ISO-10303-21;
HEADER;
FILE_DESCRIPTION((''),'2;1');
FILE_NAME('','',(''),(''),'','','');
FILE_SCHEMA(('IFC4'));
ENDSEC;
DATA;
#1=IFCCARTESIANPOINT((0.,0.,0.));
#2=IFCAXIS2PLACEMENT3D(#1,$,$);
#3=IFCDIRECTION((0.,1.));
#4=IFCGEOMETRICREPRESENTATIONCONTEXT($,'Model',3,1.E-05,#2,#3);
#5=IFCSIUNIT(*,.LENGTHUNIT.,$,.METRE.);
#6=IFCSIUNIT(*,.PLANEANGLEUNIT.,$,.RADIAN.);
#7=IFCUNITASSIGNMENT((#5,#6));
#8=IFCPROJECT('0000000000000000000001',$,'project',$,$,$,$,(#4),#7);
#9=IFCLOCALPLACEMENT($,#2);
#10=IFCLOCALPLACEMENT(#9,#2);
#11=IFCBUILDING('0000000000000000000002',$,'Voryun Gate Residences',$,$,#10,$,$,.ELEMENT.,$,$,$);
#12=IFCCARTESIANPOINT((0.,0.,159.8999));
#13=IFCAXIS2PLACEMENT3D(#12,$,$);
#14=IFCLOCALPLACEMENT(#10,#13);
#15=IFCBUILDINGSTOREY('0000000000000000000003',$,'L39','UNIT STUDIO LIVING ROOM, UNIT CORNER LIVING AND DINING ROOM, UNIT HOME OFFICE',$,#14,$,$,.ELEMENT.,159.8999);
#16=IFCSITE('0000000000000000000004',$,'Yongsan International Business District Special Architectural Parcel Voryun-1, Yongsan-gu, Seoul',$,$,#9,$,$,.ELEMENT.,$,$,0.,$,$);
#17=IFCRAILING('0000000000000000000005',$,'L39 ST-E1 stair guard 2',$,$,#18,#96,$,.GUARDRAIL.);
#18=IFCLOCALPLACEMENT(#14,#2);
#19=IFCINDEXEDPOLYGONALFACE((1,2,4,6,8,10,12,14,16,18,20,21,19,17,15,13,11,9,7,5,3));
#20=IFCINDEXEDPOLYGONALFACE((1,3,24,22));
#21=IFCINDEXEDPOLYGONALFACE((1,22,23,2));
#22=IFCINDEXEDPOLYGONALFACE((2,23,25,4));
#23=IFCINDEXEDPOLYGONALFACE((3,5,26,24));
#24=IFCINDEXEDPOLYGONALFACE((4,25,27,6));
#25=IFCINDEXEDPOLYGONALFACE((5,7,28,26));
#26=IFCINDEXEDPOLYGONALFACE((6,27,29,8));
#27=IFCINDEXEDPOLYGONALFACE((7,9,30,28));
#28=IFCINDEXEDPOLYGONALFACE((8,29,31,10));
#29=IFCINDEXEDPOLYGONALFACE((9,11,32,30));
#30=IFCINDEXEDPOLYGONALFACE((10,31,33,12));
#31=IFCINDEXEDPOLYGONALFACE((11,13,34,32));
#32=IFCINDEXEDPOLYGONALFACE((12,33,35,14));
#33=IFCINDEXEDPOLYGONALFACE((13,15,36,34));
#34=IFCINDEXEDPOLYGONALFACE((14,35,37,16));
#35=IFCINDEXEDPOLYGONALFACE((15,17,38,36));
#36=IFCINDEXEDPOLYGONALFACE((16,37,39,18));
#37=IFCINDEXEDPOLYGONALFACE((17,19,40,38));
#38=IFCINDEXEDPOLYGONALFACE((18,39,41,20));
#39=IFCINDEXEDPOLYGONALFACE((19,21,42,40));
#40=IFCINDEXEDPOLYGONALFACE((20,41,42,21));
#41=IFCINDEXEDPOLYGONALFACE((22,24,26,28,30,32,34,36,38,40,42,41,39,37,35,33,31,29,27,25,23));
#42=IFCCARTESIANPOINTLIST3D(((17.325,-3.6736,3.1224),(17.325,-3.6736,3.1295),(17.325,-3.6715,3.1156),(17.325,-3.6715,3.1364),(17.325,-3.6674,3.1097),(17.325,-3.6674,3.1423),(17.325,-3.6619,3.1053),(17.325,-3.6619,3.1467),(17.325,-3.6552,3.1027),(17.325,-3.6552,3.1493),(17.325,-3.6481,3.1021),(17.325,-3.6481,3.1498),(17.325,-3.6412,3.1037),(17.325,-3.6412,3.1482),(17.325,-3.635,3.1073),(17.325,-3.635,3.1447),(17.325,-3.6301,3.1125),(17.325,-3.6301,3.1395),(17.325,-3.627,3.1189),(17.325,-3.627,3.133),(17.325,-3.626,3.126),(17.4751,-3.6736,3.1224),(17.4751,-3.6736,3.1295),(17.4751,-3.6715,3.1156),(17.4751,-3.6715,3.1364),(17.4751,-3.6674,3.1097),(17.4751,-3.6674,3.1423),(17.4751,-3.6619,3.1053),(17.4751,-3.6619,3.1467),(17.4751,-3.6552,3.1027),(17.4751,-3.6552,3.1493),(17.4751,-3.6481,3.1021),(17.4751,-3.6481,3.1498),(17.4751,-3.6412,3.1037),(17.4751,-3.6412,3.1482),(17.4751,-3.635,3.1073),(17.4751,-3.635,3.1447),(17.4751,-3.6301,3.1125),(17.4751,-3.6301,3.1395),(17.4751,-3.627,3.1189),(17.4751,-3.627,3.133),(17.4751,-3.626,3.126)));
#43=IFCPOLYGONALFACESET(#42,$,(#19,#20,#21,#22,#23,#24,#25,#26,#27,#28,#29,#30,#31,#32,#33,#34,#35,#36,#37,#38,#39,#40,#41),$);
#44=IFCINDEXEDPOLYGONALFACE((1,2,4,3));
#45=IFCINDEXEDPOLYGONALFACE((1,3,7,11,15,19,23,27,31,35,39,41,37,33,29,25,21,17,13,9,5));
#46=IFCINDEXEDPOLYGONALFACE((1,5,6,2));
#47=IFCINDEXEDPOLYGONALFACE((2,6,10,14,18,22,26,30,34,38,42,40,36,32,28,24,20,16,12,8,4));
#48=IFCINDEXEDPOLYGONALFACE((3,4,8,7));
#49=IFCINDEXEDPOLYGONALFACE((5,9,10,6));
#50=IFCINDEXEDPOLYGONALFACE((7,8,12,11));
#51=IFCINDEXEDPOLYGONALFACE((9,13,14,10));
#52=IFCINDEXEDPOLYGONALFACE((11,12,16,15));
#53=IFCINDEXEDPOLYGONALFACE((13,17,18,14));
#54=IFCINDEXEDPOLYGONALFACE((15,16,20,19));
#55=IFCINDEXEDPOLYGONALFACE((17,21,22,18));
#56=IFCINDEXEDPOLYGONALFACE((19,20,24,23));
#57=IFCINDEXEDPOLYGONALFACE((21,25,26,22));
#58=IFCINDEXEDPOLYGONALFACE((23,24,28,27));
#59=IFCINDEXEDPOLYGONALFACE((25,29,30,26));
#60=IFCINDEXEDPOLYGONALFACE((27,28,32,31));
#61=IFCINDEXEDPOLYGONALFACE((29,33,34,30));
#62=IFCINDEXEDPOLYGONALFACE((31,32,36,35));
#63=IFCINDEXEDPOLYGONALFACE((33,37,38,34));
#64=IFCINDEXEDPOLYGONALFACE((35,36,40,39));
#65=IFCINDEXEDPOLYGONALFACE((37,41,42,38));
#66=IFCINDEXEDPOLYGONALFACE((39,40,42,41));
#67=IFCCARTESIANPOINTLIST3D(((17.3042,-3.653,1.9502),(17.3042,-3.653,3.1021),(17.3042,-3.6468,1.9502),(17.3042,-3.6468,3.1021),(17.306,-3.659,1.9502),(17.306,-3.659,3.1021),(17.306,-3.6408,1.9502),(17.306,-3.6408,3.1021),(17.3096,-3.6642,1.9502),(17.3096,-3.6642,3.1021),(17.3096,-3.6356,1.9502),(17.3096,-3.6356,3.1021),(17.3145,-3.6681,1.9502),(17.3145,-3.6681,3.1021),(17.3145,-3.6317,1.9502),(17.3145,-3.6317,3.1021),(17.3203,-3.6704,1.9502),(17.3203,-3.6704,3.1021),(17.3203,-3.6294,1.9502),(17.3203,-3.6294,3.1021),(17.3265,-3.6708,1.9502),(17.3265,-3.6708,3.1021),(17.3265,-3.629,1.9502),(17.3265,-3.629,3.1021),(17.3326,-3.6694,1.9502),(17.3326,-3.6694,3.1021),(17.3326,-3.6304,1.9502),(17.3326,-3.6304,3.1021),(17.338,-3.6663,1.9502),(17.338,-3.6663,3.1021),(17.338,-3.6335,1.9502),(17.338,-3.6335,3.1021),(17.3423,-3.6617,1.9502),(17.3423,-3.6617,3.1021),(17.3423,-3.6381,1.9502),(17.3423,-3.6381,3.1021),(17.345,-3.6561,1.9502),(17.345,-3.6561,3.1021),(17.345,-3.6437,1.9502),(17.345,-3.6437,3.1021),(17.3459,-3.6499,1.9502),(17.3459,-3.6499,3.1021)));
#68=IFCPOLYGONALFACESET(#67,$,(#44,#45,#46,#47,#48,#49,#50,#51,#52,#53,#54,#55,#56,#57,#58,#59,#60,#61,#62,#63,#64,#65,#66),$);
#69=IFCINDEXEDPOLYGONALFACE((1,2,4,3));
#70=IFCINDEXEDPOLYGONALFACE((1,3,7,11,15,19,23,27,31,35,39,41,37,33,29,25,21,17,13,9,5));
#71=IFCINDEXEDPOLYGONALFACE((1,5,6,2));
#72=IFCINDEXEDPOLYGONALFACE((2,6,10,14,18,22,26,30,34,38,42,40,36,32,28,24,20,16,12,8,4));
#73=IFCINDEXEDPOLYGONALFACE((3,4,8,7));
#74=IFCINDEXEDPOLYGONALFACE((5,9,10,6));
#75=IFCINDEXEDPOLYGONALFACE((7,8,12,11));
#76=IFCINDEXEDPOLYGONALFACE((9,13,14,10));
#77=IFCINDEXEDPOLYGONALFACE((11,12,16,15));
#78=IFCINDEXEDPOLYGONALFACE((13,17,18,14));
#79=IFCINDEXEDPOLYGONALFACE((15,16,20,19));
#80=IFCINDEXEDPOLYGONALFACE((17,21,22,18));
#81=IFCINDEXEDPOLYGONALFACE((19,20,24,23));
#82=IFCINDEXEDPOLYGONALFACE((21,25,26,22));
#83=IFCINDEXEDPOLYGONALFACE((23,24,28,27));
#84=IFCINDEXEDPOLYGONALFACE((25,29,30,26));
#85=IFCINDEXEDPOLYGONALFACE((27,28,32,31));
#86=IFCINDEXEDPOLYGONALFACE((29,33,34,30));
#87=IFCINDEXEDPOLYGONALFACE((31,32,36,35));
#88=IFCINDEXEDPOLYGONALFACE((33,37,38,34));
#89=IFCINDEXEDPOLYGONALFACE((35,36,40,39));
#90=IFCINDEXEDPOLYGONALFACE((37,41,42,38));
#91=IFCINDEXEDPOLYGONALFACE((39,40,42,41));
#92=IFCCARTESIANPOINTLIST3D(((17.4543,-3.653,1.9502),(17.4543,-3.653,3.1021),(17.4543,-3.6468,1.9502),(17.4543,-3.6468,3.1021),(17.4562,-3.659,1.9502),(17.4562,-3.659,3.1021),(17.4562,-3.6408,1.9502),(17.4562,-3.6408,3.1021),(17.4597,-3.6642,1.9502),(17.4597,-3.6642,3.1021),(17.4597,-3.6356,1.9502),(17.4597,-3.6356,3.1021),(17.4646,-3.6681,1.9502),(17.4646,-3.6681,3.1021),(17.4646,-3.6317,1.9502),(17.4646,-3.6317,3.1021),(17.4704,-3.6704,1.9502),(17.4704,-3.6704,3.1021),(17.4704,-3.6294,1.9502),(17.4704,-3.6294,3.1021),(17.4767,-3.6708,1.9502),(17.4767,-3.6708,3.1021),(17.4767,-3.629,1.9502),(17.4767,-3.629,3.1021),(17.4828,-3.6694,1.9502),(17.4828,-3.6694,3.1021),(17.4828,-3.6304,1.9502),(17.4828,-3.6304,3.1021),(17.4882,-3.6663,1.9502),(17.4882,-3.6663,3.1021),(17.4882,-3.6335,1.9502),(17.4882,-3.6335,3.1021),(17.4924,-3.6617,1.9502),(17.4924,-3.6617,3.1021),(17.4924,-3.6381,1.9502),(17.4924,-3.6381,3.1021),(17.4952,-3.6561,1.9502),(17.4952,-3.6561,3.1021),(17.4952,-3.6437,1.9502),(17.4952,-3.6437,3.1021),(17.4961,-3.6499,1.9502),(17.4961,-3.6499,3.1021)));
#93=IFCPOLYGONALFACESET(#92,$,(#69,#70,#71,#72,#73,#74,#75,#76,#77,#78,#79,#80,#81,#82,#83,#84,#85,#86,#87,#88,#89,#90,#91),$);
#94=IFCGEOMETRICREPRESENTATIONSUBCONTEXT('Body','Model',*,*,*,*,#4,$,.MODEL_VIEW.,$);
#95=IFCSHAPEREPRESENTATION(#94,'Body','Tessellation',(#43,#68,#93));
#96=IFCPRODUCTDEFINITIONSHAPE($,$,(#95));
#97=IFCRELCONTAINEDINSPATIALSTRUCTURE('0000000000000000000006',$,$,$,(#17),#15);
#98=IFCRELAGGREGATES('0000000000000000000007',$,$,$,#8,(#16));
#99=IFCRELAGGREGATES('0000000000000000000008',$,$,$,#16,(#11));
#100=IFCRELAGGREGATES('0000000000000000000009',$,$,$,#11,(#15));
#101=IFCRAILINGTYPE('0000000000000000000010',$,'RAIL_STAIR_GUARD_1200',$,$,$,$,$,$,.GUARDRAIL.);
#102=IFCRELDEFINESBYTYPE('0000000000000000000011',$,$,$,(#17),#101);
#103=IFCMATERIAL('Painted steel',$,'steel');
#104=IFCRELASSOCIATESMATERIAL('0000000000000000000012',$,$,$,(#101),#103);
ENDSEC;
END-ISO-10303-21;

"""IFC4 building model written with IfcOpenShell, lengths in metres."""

from ifc_helpers import new_model, si_unit, direction, frame, origin, origin_2d, place, context, subcontext, project, spatial, circle, extrude, material, type_object, element, save


model = new_model("IFC4")

# Units and contexts
model_context = context("Model", 3, precision=1e-05, world=origin(), true_north=direction((0.0, 1.0)))
body_context = subcontext(model_context, "Body", "Model", "MODEL_VIEW")
ifc_project = project(units=[si_unit("LENGTHUNIT", "METRE"), si_unit("PLANEANGLEUNIT", "RADIAN")], contexts=[model_context])

# Site, building, storey
site_placement = place(None, origin())
site = spatial("IfcSite", under=ifc_project, at=site_placement, Name="Yongsan International Business District Special Architectural Parcel Voryun-1, Yongsan-gu, Seoul", CompositionType="ELEMENT", RefElevation=0.0)
building_placement = place(site_placement, origin())
building = spatial("IfcBuilding", under=site, at=building_placement, Name="Voryun Gate Residences", CompositionType="ELEMENT")
storey_placement = place(building_placement, frame((0.0, 0.0, 159.8999)))
storey = spatial("IfcBuildingStorey", under=building, at=storey_placement, Name="L39", Description="UNIT STUDIO LIVING ROOM, UNIT CORNER LIVING AND DINING ROOM, UNIT HOME OFFICE", CompositionType="ELEMENT", Elevation=159.8999)

# Railing
ifc_material_1 = material(Name="Painted steel", Category="steel")
railing_type_1 = type_object("IfcRailingType", Name="RAIL_STAIR_GUARD_1200", PredefinedType="GUARDRAIL", material=ifc_material_1)
railing_1_placement = place(storey_placement, frame((17.325, -3.6499, 1.9502)))
element("IfcRailing", 1, at=railing_1_placement, inside=storey, type_object=railing_type_1, Name="L39 ST-E1 stair guard 2", PredefinedType="GUARDRAIL", context=body_context, shape_type="SweptSolid", body=[
    extrude(circle(Radius=0.0239, at=origin_2d()), frame((0.0, 0.0, 1.1758), z_axis=(1.0, 0.0, 0.0), x_axis=(0.0, 1.0, 0.0)), (0.0, 0.0, 1.0), 0.1501),
    extrude(circle(Radius=0.021, at=origin_2d()), origin(), (0.0, 0.0, 1.0), 1.1519),
    extrude(circle(Radius=0.021, at=origin_2d()), frame((0.1501, 0.0, 0.0)), (0.0, 0.0, 1.0), 1.1519),
])

save(model, "model.ifc")
